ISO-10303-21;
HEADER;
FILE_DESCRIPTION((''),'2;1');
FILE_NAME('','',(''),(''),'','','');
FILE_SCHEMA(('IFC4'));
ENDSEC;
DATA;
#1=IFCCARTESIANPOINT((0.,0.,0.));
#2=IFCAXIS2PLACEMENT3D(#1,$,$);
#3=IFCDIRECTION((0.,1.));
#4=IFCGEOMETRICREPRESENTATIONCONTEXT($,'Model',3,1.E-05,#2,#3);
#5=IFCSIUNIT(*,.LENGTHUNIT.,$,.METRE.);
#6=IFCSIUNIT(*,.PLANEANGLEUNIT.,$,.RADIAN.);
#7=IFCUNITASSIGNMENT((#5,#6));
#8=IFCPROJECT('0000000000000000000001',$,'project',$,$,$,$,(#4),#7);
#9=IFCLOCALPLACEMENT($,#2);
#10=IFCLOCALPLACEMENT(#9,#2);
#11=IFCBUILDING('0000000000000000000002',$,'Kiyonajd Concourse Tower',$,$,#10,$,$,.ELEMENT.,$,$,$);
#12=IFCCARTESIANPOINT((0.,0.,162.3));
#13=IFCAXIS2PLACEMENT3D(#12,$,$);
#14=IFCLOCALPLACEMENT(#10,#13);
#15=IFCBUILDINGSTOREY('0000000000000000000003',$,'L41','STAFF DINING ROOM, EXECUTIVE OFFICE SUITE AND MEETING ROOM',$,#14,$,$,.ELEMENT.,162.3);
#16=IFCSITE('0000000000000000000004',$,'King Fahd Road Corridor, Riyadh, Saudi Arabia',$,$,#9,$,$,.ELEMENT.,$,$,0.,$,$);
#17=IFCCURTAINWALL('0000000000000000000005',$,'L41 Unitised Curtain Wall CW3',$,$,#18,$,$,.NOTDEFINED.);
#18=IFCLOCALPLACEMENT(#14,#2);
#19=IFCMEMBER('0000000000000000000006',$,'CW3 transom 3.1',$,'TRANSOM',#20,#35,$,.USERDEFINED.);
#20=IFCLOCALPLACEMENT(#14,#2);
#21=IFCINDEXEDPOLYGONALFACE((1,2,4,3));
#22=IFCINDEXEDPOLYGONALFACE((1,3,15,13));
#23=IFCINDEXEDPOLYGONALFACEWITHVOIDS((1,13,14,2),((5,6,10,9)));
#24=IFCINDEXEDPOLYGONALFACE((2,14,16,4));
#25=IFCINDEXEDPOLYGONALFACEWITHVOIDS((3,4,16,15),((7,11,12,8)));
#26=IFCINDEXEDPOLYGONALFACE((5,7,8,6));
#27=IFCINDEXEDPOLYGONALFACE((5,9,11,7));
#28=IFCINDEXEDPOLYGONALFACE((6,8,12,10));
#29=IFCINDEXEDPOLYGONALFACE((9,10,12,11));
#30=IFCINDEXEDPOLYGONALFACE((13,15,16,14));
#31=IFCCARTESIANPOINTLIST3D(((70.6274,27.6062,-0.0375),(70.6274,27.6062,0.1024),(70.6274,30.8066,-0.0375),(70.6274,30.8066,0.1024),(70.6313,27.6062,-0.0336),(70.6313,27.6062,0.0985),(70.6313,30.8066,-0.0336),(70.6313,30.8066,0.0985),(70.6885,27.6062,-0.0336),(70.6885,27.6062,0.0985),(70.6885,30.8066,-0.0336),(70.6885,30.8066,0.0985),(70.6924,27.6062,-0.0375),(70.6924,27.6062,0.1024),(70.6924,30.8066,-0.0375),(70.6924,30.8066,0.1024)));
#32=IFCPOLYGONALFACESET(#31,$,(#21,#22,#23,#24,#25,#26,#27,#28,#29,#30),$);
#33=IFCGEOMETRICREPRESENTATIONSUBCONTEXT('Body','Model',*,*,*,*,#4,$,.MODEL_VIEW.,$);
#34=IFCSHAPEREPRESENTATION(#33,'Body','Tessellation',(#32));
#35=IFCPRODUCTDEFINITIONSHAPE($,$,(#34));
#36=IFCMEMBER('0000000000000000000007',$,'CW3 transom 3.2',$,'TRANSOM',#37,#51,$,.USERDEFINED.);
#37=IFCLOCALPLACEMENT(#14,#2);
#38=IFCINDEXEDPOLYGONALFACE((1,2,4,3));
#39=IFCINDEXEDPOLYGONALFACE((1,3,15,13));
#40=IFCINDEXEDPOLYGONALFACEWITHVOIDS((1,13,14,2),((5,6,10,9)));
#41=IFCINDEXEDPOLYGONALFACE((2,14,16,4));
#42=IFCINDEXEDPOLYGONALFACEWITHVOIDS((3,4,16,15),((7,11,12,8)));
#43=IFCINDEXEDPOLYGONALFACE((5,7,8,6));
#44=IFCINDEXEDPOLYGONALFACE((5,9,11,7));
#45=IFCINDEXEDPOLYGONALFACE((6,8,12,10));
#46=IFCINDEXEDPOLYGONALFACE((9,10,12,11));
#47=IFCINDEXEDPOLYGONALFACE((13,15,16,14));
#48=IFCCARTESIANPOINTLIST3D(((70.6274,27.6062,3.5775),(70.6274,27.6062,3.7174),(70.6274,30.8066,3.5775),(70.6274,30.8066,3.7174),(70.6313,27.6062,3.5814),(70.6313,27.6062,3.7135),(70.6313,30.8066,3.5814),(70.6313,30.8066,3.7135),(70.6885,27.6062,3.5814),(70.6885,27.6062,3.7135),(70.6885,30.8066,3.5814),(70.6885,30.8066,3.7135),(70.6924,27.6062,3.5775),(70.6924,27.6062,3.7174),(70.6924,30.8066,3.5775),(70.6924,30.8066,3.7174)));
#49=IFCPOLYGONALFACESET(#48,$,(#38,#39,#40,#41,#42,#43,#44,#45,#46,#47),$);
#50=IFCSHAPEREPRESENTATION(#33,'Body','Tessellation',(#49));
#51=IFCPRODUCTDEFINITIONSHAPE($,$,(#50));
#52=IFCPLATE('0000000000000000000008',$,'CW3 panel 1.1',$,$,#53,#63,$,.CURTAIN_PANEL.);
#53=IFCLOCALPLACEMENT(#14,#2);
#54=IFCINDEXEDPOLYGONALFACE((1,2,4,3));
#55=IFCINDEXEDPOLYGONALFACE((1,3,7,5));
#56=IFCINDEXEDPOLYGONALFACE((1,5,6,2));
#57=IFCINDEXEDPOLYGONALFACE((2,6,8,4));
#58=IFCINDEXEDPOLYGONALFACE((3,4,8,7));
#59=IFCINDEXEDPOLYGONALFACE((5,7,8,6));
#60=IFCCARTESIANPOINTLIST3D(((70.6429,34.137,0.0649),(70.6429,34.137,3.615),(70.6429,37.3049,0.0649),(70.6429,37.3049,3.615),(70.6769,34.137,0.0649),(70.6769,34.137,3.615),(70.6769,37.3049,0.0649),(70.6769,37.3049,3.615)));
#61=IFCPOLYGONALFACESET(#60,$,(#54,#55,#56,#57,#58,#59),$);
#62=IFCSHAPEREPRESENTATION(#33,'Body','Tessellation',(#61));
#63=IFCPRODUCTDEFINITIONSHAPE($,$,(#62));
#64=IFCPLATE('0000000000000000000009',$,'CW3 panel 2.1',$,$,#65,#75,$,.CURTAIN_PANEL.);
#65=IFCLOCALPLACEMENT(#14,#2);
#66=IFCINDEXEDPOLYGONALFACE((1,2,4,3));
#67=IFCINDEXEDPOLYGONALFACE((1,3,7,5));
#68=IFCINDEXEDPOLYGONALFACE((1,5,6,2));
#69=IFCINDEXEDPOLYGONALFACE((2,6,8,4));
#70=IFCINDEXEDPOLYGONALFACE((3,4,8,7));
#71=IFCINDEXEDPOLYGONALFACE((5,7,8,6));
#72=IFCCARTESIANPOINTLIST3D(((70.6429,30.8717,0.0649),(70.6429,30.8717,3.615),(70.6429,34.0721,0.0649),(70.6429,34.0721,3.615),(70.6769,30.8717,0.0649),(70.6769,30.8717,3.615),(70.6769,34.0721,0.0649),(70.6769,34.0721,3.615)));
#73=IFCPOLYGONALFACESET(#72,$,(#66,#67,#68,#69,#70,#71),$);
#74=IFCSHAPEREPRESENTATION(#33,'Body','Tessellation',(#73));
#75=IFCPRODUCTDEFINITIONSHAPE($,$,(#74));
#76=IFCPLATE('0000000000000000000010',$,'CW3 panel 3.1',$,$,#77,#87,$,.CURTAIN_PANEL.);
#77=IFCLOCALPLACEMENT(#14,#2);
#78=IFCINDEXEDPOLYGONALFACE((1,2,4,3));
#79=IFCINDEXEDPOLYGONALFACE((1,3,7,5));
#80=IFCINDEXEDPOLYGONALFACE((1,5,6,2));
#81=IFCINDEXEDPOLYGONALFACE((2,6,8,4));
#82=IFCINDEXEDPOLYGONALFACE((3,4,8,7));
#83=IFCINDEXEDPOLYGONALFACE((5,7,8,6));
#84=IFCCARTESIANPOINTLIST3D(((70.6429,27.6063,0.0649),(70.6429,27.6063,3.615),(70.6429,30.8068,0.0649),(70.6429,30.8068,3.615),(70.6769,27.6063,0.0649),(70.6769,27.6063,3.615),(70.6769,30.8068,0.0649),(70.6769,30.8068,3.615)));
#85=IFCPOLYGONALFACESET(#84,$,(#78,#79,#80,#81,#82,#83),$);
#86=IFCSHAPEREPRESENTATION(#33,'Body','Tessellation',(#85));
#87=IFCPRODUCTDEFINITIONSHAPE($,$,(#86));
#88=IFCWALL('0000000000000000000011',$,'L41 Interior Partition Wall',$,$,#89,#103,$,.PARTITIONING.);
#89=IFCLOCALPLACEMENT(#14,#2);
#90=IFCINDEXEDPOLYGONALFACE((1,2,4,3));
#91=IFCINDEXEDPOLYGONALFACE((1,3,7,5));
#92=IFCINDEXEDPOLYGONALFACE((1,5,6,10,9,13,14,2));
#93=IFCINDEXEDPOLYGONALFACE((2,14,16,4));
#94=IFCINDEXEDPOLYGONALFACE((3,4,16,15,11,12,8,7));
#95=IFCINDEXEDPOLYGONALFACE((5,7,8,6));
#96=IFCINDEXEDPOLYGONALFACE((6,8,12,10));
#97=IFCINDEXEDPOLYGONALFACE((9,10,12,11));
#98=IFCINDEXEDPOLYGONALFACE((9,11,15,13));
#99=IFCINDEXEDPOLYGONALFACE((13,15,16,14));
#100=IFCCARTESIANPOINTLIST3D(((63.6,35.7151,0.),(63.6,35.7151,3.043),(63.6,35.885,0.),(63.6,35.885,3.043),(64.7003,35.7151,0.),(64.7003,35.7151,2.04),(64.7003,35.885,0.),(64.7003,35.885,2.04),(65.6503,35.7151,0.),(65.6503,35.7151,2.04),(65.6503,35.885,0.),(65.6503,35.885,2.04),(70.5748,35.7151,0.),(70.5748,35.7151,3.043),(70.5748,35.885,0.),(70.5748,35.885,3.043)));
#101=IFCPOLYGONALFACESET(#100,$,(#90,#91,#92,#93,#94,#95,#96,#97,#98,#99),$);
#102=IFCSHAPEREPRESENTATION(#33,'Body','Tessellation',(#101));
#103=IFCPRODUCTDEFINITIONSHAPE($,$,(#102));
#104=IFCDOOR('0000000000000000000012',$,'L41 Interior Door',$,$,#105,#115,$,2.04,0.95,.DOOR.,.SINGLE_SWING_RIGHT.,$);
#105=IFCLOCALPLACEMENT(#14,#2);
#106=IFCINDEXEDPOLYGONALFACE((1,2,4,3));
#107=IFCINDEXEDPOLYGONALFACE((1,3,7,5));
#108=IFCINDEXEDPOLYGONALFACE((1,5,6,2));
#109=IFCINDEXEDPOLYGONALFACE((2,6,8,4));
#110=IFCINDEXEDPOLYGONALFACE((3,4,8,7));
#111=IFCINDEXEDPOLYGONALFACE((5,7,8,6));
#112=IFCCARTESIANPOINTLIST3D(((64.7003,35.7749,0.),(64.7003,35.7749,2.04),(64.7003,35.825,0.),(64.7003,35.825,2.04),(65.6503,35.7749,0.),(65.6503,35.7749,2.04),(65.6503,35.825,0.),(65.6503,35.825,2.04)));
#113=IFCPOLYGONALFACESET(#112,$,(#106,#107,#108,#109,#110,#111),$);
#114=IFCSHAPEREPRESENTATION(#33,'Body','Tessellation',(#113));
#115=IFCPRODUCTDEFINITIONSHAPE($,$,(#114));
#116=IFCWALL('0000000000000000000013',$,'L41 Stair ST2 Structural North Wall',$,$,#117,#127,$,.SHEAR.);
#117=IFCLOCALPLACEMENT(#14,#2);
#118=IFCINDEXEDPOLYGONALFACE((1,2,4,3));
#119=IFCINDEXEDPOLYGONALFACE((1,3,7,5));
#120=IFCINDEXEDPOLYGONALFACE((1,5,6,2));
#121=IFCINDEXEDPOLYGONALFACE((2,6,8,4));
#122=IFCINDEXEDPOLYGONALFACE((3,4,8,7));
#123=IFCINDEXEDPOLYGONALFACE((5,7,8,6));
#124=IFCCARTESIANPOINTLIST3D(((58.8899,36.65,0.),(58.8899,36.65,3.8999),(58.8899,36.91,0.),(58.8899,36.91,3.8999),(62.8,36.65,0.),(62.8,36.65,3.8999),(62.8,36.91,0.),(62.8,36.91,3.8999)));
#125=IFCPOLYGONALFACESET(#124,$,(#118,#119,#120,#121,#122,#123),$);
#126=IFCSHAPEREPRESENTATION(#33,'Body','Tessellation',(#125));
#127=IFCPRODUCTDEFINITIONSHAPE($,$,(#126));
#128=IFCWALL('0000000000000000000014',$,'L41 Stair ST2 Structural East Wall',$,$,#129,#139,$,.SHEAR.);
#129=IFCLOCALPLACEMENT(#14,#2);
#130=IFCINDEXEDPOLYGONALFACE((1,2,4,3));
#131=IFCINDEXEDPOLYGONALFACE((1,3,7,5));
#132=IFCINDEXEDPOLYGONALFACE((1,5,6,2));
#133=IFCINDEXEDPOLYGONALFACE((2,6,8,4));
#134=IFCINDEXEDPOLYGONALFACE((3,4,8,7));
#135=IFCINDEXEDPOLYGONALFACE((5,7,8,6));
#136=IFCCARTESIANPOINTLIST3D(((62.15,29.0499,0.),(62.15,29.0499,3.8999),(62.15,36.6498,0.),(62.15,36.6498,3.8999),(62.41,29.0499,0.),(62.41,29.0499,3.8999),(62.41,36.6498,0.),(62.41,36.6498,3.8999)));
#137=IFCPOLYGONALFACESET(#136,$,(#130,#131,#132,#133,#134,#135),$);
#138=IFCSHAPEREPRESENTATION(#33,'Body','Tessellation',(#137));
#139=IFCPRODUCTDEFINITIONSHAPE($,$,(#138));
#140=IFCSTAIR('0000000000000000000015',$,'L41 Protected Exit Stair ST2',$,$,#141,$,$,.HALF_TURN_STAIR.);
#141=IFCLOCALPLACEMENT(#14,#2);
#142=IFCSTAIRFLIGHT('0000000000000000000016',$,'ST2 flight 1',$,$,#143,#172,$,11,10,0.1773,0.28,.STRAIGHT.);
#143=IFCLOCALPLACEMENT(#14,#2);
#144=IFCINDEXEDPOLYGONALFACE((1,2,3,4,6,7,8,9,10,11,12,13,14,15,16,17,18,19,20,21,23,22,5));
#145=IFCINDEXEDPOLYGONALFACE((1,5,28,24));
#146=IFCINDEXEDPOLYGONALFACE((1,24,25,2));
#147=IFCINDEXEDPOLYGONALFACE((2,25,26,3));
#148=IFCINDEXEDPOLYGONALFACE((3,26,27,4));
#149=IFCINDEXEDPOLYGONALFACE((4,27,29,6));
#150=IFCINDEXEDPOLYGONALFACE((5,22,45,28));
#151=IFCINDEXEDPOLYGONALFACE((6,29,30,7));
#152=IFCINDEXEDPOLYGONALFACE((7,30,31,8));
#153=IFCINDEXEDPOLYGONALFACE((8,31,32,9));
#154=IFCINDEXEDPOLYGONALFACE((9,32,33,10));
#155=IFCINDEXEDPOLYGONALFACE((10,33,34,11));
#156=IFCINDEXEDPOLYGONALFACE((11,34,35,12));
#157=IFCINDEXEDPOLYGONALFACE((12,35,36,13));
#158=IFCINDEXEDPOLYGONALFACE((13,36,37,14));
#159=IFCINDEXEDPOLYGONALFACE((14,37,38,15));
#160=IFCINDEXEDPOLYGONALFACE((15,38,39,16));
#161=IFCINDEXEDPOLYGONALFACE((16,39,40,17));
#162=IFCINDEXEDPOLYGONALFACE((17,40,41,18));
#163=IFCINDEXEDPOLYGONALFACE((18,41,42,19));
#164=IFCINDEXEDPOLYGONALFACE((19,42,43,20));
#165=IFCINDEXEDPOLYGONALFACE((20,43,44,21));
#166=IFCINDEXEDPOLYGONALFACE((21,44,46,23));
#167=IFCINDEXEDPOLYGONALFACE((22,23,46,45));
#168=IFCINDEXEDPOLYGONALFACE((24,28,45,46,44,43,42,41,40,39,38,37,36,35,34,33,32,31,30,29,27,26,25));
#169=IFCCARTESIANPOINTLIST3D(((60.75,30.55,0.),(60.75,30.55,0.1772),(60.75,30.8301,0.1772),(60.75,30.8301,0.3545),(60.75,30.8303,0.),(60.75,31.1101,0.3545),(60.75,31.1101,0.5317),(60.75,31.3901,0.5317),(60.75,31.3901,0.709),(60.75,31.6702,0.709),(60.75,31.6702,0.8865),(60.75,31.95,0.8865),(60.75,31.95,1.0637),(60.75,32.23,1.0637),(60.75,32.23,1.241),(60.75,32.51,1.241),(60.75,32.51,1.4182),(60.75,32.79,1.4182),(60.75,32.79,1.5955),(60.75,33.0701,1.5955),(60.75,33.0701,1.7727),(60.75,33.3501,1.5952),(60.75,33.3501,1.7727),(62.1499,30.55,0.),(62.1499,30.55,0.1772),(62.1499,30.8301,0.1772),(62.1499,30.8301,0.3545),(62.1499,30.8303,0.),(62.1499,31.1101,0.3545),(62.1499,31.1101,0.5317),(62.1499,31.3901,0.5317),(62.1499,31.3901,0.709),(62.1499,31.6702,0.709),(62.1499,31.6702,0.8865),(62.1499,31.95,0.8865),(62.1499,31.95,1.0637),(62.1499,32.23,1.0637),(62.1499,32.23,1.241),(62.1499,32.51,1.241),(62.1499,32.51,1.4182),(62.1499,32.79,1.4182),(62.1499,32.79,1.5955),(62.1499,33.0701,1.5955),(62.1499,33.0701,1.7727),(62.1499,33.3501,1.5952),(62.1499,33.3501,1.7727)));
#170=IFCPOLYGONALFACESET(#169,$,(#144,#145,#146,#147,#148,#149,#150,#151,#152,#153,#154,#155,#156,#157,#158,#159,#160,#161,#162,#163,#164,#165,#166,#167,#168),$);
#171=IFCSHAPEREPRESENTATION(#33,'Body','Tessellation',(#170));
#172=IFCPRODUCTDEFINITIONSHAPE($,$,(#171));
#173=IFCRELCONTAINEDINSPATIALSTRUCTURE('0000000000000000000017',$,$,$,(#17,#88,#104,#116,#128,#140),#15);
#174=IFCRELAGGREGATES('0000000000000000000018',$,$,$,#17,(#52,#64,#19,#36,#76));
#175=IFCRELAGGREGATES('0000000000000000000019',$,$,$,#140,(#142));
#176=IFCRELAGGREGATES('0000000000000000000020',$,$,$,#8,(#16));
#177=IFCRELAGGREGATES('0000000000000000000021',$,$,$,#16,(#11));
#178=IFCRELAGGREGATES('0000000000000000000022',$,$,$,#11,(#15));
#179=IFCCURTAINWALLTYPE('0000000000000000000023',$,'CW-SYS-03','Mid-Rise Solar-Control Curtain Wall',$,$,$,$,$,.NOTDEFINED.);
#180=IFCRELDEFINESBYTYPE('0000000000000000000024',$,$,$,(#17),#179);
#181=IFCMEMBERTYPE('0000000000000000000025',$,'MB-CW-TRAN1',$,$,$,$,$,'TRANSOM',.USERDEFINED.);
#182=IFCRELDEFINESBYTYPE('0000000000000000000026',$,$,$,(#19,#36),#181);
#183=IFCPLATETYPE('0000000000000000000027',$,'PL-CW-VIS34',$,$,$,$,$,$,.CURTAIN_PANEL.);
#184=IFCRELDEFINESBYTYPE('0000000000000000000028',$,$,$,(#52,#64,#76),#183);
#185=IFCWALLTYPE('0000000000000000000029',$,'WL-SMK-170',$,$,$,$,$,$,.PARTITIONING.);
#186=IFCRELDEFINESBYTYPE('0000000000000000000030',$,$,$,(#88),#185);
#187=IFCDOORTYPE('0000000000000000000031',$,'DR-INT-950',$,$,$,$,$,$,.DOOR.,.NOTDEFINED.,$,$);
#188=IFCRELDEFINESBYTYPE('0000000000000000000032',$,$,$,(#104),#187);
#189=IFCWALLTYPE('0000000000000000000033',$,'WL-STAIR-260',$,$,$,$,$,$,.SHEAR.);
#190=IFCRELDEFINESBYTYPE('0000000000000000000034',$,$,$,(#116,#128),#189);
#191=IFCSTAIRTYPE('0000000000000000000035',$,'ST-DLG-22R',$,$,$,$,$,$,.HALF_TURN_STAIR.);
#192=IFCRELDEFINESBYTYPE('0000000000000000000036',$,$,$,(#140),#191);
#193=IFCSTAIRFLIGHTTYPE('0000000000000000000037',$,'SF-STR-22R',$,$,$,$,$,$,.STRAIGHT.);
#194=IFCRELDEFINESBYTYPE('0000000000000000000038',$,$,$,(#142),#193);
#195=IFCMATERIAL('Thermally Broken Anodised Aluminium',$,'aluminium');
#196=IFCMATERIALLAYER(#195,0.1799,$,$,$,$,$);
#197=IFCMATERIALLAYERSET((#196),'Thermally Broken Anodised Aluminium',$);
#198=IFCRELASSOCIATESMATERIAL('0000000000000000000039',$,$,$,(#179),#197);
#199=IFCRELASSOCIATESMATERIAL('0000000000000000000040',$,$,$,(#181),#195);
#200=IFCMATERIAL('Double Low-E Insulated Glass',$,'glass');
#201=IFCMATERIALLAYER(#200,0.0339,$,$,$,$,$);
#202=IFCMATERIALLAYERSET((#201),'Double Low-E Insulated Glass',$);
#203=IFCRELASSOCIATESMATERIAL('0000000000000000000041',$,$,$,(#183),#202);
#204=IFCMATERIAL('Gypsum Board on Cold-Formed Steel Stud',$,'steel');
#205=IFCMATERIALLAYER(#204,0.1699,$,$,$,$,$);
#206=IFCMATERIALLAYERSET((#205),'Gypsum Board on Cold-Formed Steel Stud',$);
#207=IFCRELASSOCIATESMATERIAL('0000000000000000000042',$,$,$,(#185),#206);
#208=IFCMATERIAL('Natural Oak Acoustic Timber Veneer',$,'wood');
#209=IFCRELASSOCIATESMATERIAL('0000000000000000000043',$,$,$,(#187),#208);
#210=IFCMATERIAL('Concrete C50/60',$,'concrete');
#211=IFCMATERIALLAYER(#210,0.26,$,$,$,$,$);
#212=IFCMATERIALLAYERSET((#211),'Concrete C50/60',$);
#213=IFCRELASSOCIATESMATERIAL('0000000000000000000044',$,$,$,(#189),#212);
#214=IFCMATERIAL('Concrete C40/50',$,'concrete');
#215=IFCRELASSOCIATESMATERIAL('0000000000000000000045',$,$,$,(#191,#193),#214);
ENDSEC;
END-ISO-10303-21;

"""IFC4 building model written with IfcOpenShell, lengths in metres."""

from ifc_helpers import new_model, si_unit, direction, frame, frame_2d, origin, origin_2d, place, context, subcontext, project, spatial, polyline, rectangle, hollow_rectangle, outline, extrude, material, layer, layer_set, material_profile, profile_set, type_object, element, fill, aggregate, save


model = new_model("IFC4")

# Units and contexts
model_context = context("Model", 3, precision=1e-05, world=origin(), true_north=direction((0.0, 1.0)))
body_context = subcontext(model_context, "Body", "Model", "MODEL_VIEW")
ifc_project = project(units=[si_unit("LENGTHUNIT", "METRE"), si_unit("PLANEANGLEUNIT", "RADIAN")], contexts=[model_context])

# Site, building, storey
site_placement = place(None, origin())
site = spatial("IfcSite", under=ifc_project, at=site_placement, Name="King Fahd Road Corridor, Riyadh, Saudi Arabia", CompositionType="ELEMENT", RefElevation=0.0)
building_placement = place(site_placement, origin())
building = spatial("IfcBuilding", under=site, at=building_placement, Name="Kiyonajd Concourse Tower", CompositionType="ELEMENT")
storey_placement = place(building_placement, frame((0.0, 0.0, 162.3)))
storey = spatial("IfcBuildingStorey", under=building, at=storey_placement, Name="L41", Description="STAFF DINING ROOM, EXECUTIVE OFFICE SUITE AND MEETING ROOM", CompositionType="ELEMENT", Elevation=162.3)

# Shared definitions
ifc_material_1 = material(Name="Concrete C50/60", Category="concrete")

# Curtain wall, members, plates
ifc_material_2 = material(Name="Thermally Broken Anodised Aluminium", Category="aluminium")
ifc_layer_1 = layer(ifc_material_2, 0.1799)
ifc_layer_set_1 = layer_set([ifc_layer_1], Name="Thermally Broken Anodised Aluminium")
curtain_wall_type = type_object("IfcCurtainWallType", Name="CW-SYS-03", Description="Mid-Rise Solar-Control Curtain Wall", PredefinedType="NOTDEFINED", material=ifc_layer_set_1)
curtain_wall_placement = place(storey_placement, origin())
curtain_wall = element("IfcCurtainWall", 1, at=curtain_wall_placement, inside=storey, type_object=curtain_wall_type, Name="L41 Unitised Curtain Wall CW3", PredefinedType="NOTDEFINED")
ifc_material_profile_1 = material_profile(ifc_material_2, hollow_rectangle(XDim=0.0649, YDim=0.1399, WallThickness=0.0039, at=origin_2d()), Name="TRAN-65x140")
ifc_profile_set_1 = profile_set([ifc_material_profile_1], Name="Thermally Broken Anodised Aluminium")
member_type_1 = type_object("IfcMemberType", Name="MB-CW-TRAN1", ElementType="TRANSOM", PredefinedType="USERDEFINED", material=ifc_profile_set_1)
member_1_placement = place(storey_placement, frame((70.6599, 30.8066, 0.0325), z_axis=(0.0, -1.0, 0.0), x_axis=(1.0, 0.0, 0.0)))
member_1 = element("IfcMember", 2, at=member_1_placement, type_object=member_type_1, Name="CW3 transom 3.1", ObjectType="TRANSOM", PredefinedType="USERDEFINED", context=body_context, shape_type="SweptSolid", body=[
    extrude(hollow_rectangle(XDim=0.0649, YDim=0.1399, WallThickness=0.0039, at=origin_2d()), origin(), (0.0, 0.0, 1.0), 3.2004),
])
member_2_placement = place(storey_placement, frame((70.6599, 30.8066, 3.6475), z_axis=(0.0, -1.0, 0.0), x_axis=(1.0, 0.0, 0.0)))
member_2 = element("IfcMember", 3, at=member_2_placement, type_object=member_type_1, Name="CW3 transom 3.2", ObjectType="TRANSOM", PredefinedType="USERDEFINED", context=body_context, shape_type="SweptSolid", body=[
    extrude(hollow_rectangle(XDim=0.0649, YDim=0.1399, WallThickness=0.0039, at=origin_2d()), origin(), (0.0, 0.0, 1.0), 3.2004),
])
ifc_material_3 = material(Name="Double Low-E Insulated Glass", Category="glass")
ifc_layer_2 = layer(ifc_material_3, 0.0339)
ifc_layer_set_2 = layer_set([ifc_layer_2], Name="Double Low-E Insulated Glass")
plate_type = type_object("IfcPlateType", Name="PL-CW-VIS34", PredefinedType="CURTAIN_PANEL", material=ifc_layer_set_2)
plate_1_placement = place(storey_placement, frame((70.6599, 35.7209, 0.0649), z_axis=(0.0, 0.0, 1.0), x_axis=(0.0, -1.0, 0.0)))
plate_1 = element("IfcPlate", 4, at=plate_1_placement, type_object=plate_type, Name="CW3 panel 1.1", PredefinedType="CURTAIN_PANEL", context=body_context, shape_type="SweptSolid", body=[
    extrude(rectangle(XDim=3.168, YDim=0.0339, at=origin_2d()), origin(), (0.0, 0.0, 1.0), 3.55),
])
plate_2_placement = place(storey_placement, frame((70.6599, 32.4719, 0.0649), z_axis=(0.0, 0.0, 1.0), x_axis=(0.0, -1.0, 0.0)))
plate_2 = element("IfcPlate", 5, at=plate_2_placement, type_object=plate_type, Name="CW3 panel 2.1", PredefinedType="CURTAIN_PANEL", context=body_context, shape_type="SweptSolid", body=[
    extrude(rectangle(XDim=3.2004, YDim=0.0339, at=origin_2d()), origin(), (0.0, 0.0, 1.0), 3.55),
])
plate_3_placement = place(storey_placement, frame((70.6599, 29.2065, 0.0649), z_axis=(0.0, 0.0, 1.0), x_axis=(0.0, -1.0, 0.0)))
plate_3 = element("IfcPlate", 6, at=plate_3_placement, type_object=plate_type, Name="CW3 panel 3.1", PredefinedType="CURTAIN_PANEL", context=body_context, shape_type="SweptSolid", body=[
    extrude(rectangle(XDim=3.2004, YDim=0.0339, at=origin_2d()), origin(), (0.0, 0.0, 1.0), 3.55),
])
aggregate(curtain_wall, [plate_1, plate_2, member_1, member_2, plate_3])

# Wall, opening, door
ifc_material_4 = material(Name="Gypsum Board on Cold-Formed Steel Stud", Category="steel")
ifc_layer_3 = layer(ifc_material_4, 0.1699)
ifc_layer_set_3 = layer_set([ifc_layer_3], Name="Gypsum Board on Cold-Formed Steel Stud")
wall_type_1 = type_object("IfcWallType", Name="WL-SMK-170", PredefinedType="PARTITIONING", material=ifc_layer_set_3)
wall_1_placement = place(storey_placement, frame((63.6001, 35.8, 0.0), z_axis=(0.0, 0.0, 1.0), x_axis=(1.0, 0.0, 0.0)))
wall_1 = element("IfcWall", 7, at=wall_1_placement, inside=storey, type_object=wall_type_1, Name="L41 Interior Partition Wall", PredefinedType="PARTITIONING", context=body_context, shape_type="SweptSolid", body=[
    extrude(rectangle(XDim=6.9749, YDim=0.1699, at=frame_2d((3.4873, 0.0))), origin(), (0.0, 0.0, 1.0), 3.043),
])
opening_placement = place(wall_1_placement, frame((1.1001, 0.0, 0.0)))
opening = element("IfcOpeningElement", 8, at=opening_placement, cuts=wall_1, PredefinedType="OPENING", context=body_context, shape_type="SweptSolid", body=[
    extrude(rectangle(XDim=0.95, YDim=2.04, at=frame_2d((0.4751, 1.02))), frame((0.0, 0.095, 0.0), z_axis=(0.0, -1.0, 0.0), x_axis=(1.0, 0.0, 0.0)), (0.0, 0.0, 1.0), 0.1899),
])
ifc_material_5 = material(Name="Natural Oak Acoustic Timber Veneer", Category="wood")
door_type = type_object("IfcDoorType", Name="DR-INT-950", OperationType="NOTDEFINED", PredefinedType="DOOR", material=ifc_material_5)
door_placement = place(opening_placement, origin())
door = element("IfcDoor", 9, at=door_placement, inside=storey, type_object=door_type, Name="L41 Interior Door", OperationType="SINGLE_SWING_RIGHT", OverallHeight=2.04, OverallWidth=0.95, PredefinedType="DOOR", context=body_context, shape_type="SweptSolid", body=[
    extrude(rectangle(XDim=0.95, YDim=2.04, at=frame_2d((0.4751, 1.02))), frame((0.0, 0.0249, 0.0), z_axis=(0.0, -1.0, 0.0), x_axis=(1.0, 0.0, 0.0)), (0.0, 0.0, 1.0), 0.05),
])
fill(opening, door)

# Walls
ifc_layer_4 = layer(ifc_material_1, 0.26)
ifc_layer_set_4 = layer_set([ifc_layer_4], Name="Concrete C50/60")
wall_type_2 = type_object("IfcWallType", Name="WL-STAIR-260", PredefinedType="SHEAR", material=ifc_layer_set_4)
wall_2_placement = place(storey_placement, frame((58.8899, 36.78, 0.0), z_axis=(0.0, 0.0, 1.0), x_axis=(1.0, 0.0, 0.0)))
element("IfcWall", 10, at=wall_2_placement, inside=storey, type_object=wall_type_2, Name="L41 Stair ST2 Structural North Wall", PredefinedType="SHEAR", context=body_context, shape_type="SweptSolid", body=[
    extrude(rectangle(XDim=3.9102, YDim=0.26, at=frame_2d((1.9551, 0.0))), origin(), (0.0, 0.0, 1.0), 3.8999),
])
wall_3_placement = place(storey_placement, frame((62.28, 29.05, 0.0), z_axis=(0.0, 0.0, 1.0), x_axis=(0.0, 1.0, 0.0)))
element("IfcWall", 11, at=wall_3_placement, inside=storey, type_object=wall_type_2, Name="L41 Stair ST2 Structural East Wall", PredefinedType="SHEAR", context=body_context, shape_type="SweptSolid", body=[
    extrude(rectangle(XDim=7.5999, YDim=0.26, at=frame_2d((3.7998, 0.0))), origin(), (0.0, 0.0, 1.0), 3.8999),
])

# Stair, stair flight
ifc_material_6 = material(Name="Concrete C40/50", Category="concrete")
stair_type = type_object("IfcStairType", Name="ST-DLG-22R", PredefinedType="HALF_TURN_STAIR", material=ifc_material_6)
stair_placement = place(storey_placement, origin())
stair = element("IfcStair", 12, at=stair_placement, inside=storey, type_object=stair_type, Name="L41 Protected Exit Stair ST2", PredefinedType="HALF_TURN_STAIR")
stair_flight_type = type_object("IfcStairFlightType", Name="SF-STR-22R", PredefinedType="STRAIGHT", material=ifc_material_6)
stair_flight_1_placement = place(storey_placement, frame((61.45, 30.55, 0.0), z_axis=(0.0, 0.0, 1.0), x_axis=(0.0, 1.0, 0.0)))
stair_flight_1 = element("IfcStairFlight", 13, at=stair_flight_1_placement, type_object=stair_flight_type, Name="ST2 flight 1", NumberOfRisers=11, NumberOfTreads=10, PredefinedType="STRAIGHT", RiserHeight=0.1773, TreadLength=0.28, context=body_context, shape_type="SweptSolid", body=[
    extrude(outline(polyline([(0.0, 0.0), (0.0, 0.1772), (0.28, 0.1772), (0.28, 0.3545), (0.5601, 0.3545), (0.5601, 0.5317), (0.8401, 0.5317), (0.8401, 0.709), (1.1201, 0.709), (1.1201, 0.8865), (1.3999, 0.8865), (1.3999, 1.0637), (1.6799, 1.0637), (1.6799, 1.241), (1.96, 1.241), (1.96, 1.4182), (2.24, 1.4182), (2.24, 1.5955), (2.52, 1.5955), (2.52, 1.7727), (2.8, 1.7727), (2.8, 1.95), (2.8, 1.5952), (0.2803, 0.0), (0.0, 0.0)])), frame((0.0, 0.7, 0.0), z_axis=(0.0, -1.0, 0.0), x_axis=(1.0, 0.0, 0.0)), (0.0, 0.0, 1.0), 1.3999),
])
aggregate(stair, [stair_flight_1])

save(model, "model.ifc")
